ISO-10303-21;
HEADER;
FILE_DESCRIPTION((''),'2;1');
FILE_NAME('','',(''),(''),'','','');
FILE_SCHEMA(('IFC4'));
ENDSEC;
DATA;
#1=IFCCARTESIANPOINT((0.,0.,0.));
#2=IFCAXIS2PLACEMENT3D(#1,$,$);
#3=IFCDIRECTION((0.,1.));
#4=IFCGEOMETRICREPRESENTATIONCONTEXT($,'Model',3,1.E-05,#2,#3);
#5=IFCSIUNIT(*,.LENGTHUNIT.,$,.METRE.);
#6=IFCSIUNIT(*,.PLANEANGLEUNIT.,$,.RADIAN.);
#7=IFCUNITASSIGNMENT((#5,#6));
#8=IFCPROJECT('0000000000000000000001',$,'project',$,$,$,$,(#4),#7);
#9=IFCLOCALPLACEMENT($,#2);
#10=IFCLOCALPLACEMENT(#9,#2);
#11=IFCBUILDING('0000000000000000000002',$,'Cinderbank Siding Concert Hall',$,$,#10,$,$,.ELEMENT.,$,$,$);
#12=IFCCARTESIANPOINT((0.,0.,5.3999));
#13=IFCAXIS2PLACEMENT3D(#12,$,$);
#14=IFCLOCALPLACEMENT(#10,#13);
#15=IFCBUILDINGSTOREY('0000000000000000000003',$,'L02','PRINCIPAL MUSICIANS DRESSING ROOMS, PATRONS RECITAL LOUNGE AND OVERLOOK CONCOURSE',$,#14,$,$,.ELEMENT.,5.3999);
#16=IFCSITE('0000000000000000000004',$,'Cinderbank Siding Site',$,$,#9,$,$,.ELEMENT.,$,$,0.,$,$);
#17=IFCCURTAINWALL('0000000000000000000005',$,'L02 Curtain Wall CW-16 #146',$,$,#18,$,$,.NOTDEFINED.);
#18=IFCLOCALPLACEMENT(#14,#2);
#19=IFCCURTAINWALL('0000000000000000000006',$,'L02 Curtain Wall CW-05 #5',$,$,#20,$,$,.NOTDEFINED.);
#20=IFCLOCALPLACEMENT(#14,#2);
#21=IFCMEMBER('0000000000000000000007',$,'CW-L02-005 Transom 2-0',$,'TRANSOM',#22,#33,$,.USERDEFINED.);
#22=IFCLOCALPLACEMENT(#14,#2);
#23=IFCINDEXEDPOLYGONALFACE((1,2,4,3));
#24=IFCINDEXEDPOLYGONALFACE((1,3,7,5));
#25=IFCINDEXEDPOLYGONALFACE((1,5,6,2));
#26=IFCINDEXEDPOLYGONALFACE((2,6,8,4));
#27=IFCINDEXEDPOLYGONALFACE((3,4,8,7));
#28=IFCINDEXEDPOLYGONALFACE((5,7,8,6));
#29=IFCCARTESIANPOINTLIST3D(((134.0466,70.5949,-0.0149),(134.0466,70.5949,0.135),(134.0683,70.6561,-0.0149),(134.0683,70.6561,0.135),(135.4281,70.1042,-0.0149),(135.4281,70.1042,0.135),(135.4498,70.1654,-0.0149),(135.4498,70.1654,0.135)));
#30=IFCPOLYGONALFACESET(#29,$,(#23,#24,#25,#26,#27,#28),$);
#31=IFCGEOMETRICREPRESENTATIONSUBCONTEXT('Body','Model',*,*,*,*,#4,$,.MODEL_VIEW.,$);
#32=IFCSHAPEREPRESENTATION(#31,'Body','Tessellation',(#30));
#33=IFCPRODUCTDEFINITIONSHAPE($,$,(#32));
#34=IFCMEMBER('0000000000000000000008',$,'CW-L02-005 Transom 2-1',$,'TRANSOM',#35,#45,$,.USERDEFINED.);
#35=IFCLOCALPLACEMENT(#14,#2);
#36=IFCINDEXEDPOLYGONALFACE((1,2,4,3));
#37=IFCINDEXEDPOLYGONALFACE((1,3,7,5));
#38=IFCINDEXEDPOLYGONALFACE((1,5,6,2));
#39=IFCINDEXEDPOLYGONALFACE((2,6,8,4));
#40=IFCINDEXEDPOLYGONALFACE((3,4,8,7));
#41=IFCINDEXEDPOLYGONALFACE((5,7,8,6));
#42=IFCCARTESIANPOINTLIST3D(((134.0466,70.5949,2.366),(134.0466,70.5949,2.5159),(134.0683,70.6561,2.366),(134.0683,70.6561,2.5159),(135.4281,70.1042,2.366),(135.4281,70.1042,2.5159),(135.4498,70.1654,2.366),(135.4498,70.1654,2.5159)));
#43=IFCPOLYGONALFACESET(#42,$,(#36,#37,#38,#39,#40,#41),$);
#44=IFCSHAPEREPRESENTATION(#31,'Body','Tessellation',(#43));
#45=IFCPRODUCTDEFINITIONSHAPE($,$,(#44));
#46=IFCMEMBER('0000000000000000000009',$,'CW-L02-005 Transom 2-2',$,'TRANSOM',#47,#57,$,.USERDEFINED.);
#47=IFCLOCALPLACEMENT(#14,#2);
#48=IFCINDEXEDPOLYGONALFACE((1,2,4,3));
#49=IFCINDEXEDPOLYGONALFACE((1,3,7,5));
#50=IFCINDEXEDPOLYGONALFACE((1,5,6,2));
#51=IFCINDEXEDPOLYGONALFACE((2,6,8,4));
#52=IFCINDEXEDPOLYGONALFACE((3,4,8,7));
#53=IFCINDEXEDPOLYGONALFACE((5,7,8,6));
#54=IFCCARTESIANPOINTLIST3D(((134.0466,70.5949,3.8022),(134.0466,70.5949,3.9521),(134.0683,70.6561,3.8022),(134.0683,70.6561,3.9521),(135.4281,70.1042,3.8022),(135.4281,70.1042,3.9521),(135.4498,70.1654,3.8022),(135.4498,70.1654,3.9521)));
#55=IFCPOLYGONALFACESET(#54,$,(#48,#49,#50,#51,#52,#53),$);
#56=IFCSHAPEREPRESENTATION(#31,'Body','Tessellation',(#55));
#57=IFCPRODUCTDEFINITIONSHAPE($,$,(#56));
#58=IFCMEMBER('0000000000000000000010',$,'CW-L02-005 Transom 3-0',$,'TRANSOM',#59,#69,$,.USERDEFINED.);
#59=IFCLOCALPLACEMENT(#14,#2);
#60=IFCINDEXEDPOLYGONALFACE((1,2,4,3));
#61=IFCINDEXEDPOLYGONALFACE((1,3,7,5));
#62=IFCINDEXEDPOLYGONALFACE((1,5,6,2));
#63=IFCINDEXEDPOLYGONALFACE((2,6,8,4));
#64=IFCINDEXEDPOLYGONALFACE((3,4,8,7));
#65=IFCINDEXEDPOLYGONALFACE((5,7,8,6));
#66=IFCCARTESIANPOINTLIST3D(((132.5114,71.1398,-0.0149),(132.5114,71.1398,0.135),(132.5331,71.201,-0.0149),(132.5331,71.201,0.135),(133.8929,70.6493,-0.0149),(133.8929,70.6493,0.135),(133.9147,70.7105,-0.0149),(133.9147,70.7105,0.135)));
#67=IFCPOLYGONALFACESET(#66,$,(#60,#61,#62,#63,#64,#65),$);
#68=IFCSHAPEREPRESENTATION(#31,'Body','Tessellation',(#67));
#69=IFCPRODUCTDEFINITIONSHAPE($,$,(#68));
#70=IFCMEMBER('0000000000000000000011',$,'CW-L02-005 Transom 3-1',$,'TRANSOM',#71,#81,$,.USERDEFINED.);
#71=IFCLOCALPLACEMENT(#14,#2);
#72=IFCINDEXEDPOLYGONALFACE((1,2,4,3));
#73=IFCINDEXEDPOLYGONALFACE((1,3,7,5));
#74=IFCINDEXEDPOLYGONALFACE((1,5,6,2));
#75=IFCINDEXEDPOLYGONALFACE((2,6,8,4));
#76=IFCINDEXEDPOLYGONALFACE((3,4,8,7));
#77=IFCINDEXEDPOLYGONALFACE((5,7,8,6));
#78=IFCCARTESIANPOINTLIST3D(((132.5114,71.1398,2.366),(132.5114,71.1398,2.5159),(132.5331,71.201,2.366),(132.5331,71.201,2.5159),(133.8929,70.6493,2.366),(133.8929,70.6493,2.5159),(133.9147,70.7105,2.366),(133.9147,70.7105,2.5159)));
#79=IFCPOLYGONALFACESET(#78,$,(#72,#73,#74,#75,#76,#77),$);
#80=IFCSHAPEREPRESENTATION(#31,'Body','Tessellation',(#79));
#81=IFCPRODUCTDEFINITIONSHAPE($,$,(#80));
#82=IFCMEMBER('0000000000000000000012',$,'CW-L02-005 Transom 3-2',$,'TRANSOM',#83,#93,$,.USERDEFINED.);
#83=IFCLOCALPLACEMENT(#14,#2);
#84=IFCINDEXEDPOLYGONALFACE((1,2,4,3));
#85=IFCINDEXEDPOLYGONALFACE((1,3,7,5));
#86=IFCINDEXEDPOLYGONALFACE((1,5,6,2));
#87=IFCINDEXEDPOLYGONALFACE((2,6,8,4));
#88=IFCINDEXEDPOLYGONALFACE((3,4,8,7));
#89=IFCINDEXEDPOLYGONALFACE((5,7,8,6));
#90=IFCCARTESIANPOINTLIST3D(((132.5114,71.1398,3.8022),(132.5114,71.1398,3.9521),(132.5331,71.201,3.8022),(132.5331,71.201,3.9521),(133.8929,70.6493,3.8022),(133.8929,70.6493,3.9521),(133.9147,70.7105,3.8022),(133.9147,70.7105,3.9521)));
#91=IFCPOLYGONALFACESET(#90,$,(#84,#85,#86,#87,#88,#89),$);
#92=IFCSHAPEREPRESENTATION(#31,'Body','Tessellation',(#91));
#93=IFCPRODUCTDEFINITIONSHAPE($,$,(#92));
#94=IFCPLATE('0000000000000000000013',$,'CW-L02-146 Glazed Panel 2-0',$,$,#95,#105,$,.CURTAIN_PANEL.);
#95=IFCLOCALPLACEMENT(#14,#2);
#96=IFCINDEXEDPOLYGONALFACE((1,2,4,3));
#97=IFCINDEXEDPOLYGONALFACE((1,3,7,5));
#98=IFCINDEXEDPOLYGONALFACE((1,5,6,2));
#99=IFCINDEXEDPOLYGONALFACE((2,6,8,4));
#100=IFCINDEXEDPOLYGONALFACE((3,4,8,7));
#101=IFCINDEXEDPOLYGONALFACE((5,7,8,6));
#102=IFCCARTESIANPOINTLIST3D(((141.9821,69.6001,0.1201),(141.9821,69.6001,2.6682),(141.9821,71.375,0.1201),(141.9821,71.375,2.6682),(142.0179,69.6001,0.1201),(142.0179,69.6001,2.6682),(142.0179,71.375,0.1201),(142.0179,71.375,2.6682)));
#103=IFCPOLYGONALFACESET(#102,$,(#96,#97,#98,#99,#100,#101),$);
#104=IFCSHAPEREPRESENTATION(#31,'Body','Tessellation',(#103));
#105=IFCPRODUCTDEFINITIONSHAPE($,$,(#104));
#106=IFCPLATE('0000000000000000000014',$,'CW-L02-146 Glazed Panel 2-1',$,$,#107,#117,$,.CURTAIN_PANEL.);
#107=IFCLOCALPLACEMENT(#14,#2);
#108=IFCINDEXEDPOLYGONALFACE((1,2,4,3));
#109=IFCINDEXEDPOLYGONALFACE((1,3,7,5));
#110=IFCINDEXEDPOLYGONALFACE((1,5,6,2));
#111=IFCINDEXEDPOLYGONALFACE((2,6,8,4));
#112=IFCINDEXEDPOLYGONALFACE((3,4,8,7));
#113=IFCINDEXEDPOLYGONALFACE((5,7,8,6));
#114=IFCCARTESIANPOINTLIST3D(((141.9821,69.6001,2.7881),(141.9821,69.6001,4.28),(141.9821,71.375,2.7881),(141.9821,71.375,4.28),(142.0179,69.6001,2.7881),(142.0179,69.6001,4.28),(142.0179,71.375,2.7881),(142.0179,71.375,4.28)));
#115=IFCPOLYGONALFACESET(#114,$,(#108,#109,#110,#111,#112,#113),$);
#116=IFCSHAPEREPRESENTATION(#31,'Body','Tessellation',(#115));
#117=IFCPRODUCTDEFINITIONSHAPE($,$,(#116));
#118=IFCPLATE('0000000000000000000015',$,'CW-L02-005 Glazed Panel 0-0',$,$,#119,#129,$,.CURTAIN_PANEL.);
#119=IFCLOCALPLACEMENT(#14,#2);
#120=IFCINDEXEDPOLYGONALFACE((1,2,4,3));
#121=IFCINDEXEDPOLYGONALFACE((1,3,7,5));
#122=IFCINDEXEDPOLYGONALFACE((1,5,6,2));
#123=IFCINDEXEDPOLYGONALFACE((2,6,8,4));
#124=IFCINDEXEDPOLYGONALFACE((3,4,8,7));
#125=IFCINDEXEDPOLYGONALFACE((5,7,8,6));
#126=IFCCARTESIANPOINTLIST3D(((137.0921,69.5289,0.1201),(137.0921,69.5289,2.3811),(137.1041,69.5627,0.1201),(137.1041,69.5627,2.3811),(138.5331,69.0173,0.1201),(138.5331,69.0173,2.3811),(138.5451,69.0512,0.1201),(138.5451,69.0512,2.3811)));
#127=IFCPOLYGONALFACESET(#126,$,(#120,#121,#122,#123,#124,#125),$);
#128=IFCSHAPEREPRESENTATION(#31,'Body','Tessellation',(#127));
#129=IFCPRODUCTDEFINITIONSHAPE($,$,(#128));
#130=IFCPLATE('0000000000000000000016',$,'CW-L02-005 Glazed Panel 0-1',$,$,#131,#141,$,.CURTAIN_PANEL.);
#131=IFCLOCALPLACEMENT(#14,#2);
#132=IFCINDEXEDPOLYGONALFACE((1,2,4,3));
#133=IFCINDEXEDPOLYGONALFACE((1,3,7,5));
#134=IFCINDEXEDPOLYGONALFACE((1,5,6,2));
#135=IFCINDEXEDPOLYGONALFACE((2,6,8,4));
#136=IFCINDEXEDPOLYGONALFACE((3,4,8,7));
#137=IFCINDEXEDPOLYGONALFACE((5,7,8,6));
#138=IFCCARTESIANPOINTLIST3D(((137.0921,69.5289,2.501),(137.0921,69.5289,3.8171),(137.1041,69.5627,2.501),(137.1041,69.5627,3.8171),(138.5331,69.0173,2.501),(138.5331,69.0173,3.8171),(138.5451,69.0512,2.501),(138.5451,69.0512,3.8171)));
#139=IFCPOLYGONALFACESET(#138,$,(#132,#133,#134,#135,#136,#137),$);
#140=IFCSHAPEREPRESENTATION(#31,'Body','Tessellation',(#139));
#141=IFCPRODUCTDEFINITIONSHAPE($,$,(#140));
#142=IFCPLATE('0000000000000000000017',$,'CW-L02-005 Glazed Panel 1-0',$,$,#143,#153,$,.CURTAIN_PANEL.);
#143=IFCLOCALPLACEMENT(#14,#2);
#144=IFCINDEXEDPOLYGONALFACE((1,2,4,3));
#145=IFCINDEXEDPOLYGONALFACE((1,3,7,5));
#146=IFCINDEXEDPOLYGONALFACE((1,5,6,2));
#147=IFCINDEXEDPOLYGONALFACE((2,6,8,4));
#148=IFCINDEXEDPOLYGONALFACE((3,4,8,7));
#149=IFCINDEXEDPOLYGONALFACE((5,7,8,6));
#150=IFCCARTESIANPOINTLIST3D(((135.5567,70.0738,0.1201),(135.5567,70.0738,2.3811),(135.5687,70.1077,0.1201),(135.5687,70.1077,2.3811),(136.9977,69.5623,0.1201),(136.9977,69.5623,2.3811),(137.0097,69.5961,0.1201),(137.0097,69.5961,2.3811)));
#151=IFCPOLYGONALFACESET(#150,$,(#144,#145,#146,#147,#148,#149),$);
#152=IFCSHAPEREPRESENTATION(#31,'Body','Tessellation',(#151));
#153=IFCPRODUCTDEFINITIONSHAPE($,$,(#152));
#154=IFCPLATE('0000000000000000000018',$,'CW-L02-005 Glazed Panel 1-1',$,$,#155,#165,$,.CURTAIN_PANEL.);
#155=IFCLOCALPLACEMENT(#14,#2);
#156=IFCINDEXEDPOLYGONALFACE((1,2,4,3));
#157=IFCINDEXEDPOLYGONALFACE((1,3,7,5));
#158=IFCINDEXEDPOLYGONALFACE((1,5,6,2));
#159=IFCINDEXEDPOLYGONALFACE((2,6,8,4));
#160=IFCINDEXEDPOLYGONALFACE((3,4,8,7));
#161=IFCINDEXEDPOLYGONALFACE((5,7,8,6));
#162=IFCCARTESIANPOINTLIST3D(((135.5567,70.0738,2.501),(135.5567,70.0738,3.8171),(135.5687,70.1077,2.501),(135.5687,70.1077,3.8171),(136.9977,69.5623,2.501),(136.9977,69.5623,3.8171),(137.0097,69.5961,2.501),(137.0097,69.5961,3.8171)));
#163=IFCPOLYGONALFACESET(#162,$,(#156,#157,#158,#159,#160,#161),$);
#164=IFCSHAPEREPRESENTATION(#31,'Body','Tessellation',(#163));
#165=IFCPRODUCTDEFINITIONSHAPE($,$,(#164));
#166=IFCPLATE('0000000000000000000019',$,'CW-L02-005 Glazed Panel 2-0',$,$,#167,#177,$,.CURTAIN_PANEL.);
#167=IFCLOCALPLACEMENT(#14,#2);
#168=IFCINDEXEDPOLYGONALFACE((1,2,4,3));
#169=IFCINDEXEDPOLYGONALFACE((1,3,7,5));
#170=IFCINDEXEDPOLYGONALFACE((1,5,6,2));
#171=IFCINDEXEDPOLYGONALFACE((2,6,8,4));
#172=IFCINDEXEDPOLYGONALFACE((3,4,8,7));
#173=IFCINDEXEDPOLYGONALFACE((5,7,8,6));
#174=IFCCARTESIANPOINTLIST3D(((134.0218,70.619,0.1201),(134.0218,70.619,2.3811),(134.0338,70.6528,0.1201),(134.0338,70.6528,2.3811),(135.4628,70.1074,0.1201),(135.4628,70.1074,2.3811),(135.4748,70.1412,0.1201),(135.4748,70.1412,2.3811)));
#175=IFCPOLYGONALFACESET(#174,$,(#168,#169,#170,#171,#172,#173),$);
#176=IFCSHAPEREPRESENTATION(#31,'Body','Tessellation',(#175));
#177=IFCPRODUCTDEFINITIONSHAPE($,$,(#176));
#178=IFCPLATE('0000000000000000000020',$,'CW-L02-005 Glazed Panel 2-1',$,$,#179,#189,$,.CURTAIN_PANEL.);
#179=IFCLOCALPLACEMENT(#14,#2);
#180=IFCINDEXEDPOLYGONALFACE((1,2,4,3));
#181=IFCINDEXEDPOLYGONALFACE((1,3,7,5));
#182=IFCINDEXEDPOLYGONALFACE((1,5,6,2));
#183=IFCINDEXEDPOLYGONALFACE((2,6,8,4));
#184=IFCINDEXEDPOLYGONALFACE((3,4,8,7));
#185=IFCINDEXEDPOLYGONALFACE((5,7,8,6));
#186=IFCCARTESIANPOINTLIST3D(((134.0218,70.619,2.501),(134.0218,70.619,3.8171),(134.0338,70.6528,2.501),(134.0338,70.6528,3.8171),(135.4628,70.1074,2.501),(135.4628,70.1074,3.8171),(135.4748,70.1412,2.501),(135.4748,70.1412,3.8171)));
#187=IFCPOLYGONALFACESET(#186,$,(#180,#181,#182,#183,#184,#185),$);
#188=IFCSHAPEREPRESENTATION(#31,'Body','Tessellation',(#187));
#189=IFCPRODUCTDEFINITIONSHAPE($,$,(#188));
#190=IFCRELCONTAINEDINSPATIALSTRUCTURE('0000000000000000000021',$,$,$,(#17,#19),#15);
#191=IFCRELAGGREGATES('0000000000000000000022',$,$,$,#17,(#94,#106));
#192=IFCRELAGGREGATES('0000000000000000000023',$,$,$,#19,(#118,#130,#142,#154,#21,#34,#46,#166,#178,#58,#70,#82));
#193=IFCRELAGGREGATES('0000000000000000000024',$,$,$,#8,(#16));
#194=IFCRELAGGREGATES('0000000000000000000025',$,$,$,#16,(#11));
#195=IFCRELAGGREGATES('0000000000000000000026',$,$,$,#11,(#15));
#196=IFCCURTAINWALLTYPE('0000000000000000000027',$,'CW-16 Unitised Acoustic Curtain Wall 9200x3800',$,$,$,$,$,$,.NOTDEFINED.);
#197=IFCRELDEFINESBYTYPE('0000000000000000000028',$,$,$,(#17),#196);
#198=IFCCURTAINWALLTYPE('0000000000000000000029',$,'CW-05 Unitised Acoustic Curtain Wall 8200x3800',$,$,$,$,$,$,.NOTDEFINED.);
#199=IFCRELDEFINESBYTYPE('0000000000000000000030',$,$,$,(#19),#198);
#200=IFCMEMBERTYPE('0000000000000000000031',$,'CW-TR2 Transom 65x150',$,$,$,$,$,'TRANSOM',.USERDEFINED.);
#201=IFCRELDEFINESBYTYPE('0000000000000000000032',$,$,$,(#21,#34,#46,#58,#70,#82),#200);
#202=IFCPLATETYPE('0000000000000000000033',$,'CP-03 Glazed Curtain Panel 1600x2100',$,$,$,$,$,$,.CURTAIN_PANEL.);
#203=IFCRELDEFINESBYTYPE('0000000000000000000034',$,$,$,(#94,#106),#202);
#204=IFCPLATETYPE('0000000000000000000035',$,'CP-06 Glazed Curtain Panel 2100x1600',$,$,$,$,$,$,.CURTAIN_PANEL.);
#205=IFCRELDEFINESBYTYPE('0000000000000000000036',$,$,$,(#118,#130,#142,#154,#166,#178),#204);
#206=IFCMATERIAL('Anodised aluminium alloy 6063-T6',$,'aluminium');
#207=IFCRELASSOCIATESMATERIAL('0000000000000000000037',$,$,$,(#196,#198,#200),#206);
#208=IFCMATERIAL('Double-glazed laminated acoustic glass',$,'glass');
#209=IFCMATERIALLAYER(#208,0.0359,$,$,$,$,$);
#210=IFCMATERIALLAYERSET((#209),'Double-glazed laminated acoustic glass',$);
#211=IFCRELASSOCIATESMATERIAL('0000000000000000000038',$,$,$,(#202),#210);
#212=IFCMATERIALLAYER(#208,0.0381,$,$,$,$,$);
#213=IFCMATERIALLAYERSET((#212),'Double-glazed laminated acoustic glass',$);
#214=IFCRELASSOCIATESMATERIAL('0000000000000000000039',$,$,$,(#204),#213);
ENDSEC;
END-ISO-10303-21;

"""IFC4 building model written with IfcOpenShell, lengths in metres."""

from ifc_helpers import new_model, si_unit, direction, frame, origin, origin_2d, place, context, subcontext, project, spatial, rectangle, extrude, material, layer, layer_set, material_profile, profile_set, type_object, element, aggregate, save


model = new_model("IFC4")

# Units and contexts
model_context = context("Model", 3, precision=1e-05, world=origin(), true_north=direction((0.0, 1.0)))
body_context = subcontext(model_context, "Body", "Model", "MODEL_VIEW")
ifc_project = project(units=[si_unit("LENGTHUNIT", "METRE"), si_unit("PLANEANGLEUNIT", "RADIAN")], contexts=[model_context])

# Site, building, storey
site_placement = place(None, origin())
site = spatial("IfcSite", under=ifc_project, at=site_placement, Name="Cinderbank Siding Site", CompositionType="ELEMENT", RefElevation=0.0)
building_placement = place(site_placement, origin())
building = spatial("IfcBuilding", under=site, at=building_placement, Name="Cinderbank Siding Concert Hall", CompositionType="ELEMENT")
storey_placement = place(building_placement, frame((0.0, 0.0, 5.3999)))
storey = spatial("IfcBuildingStorey", under=building, at=storey_placement, Name="L02", Description="PRINCIPAL MUSICIANS DRESSING ROOMS, PATRONS RECITAL LOUNGE AND OVERLOOK CONCOURSE", CompositionType="ELEMENT", Elevation=5.3999)

# Curtain wall
ifc_material_1 = material(Name="Anodised aluminium alloy 6063-T6", Category="aluminium")
curtain_wall_type_1 = type_object("IfcCurtainWallType", Name="CW-16 Unitised Acoustic Curtain Wall 9200x3800", PredefinedType="NOTDEFINED", material=ifc_material_1)
curtain_wall_1_placement = place(storey_placement, origin())
curtain_wall_1 = element("IfcCurtainWall", 1, at=curtain_wall_1_placement, inside=storey, type_object=curtain_wall_type_1, Name="L02 Curtain Wall CW-16 #146", PredefinedType="NOTDEFINED")

# Curtain wall
curtain_wall_type_2 = type_object("IfcCurtainWallType", Name="CW-05 Unitised Acoustic Curtain Wall 8200x3800", PredefinedType="NOTDEFINED", material=ifc_material_1)
curtain_wall_2_placement = place(storey_placement, origin())
curtain_wall_2 = element("IfcCurtainWall", 2, at=curtain_wall_2_placement, inside=storey, type_object=curtain_wall_type_2, Name="L02 Curtain Wall CW-05 #5", PredefinedType="NOTDEFINED")

# Members
ifc_material_profile_1 = material_profile(ifc_material_1, rectangle(XDim=0.0649, YDim=0.1499, at=origin_2d()), Name="ALU-TRAN-65x150", Category="LoadBearing")
ifc_profile_set_1 = profile_set([ifc_material_profile_1], Name="Anodised aluminium alloy 6063-T6")
member_type_1 = type_object("IfcMemberType", Name="CW-TR2 Transom 65x150", ElementType="TRANSOM", PredefinedType="USERDEFINED", material=ifc_profile_set_1)
member_1_placement = place(storey_placement, frame((135.439, 70.1348, 0.0601), z_axis=(-0.942324, 0.334701, 0.0), x_axis=(-0.334701, -0.942324, 0.0)))
member_1 = element("IfcMember", 3, at=member_1_placement, type_object=member_type_1, Name="CW-L02-005 Transom 2-0", ObjectType="TRANSOM", PredefinedType="USERDEFINED", context=body_context, shape_type="SweptSolid", body=[
    extrude(rectangle(XDim=0.0649, YDim=0.1499, at=origin_2d()), origin(), (0.0, 0.0, 1.0), 1.4661),
])
member_2_placement = place(storey_placement, frame((135.439, 70.1348, 2.4409), z_axis=(-0.942324, 0.334701, 0.0), x_axis=(-0.334701, -0.942324, 0.0)))
member_2 = element("IfcMember", 4, at=member_2_placement, type_object=member_type_1, Name="CW-L02-005 Transom 2-1", ObjectType="TRANSOM", PredefinedType="USERDEFINED", context=body_context, shape_type="SweptSolid", body=[
    extrude(rectangle(XDim=0.0649, YDim=0.1499, at=origin_2d()), origin(), (0.0, 0.0, 1.0), 1.4661),
])
member_3_placement = place(storey_placement, frame((135.439, 70.1348, 3.8772), z_axis=(-0.942324, 0.334701, 0.0), x_axis=(-0.334701, -0.942324, 0.0)))
member_3 = element("IfcMember", 5, at=member_3_placement, type_object=member_type_1, Name="CW-L02-005 Transom 2-2", ObjectType="TRANSOM", PredefinedType="USERDEFINED", context=body_context, shape_type="SweptSolid", body=[
    extrude(rectangle(XDim=0.0649, YDim=0.1499, at=origin_2d()), origin(), (0.0, 0.0, 1.0), 1.4661),
])
member_4_placement = place(storey_placement, frame((133.9038, 70.6799, 0.0601), z_axis=(-0.942377, 0.334553, 0.0), x_axis=(-0.334553, -0.942377, 0.0)))
member_4 = element("IfcMember", 6, at=member_4_placement, type_object=member_type_1, Name="CW-L02-005 Transom 3-0", ObjectType="TRANSOM", PredefinedType="USERDEFINED", context=body_context, shape_type="SweptSolid", body=[
    extrude(rectangle(XDim=0.0649, YDim=0.1499, at=origin_2d()), origin(), (0.0, 0.0, 1.0), 1.4661),
])
member_5_placement = place(storey_placement, frame((133.9038, 70.6799, 2.4409), z_axis=(-0.942377, 0.334553, 0.0), x_axis=(-0.334553, -0.942377, 0.0)))
member_5 = element("IfcMember", 7, at=member_5_placement, type_object=member_type_1, Name="CW-L02-005 Transom 3-1", ObjectType="TRANSOM", PredefinedType="USERDEFINED", context=body_context, shape_type="SweptSolid", body=[
    extrude(rectangle(XDim=0.0649, YDim=0.1499, at=origin_2d()), origin(), (0.0, 0.0, 1.0), 1.4661),
])
member_6_placement = place(storey_placement, frame((133.9038, 70.6799, 3.8772), z_axis=(-0.942377, 0.334553, 0.0), x_axis=(-0.334553, -0.942377, 0.0)))
member_6 = element("IfcMember", 8, at=member_6_placement, type_object=member_type_1, Name="CW-L02-005 Transom 3-2", ObjectType="TRANSOM", PredefinedType="USERDEFINED", context=body_context, shape_type="SweptSolid", body=[
    extrude(rectangle(XDim=0.0649, YDim=0.1499, at=origin_2d()), origin(), (0.0, 0.0, 1.0), 1.4661),
])

# Plates
ifc_material_2 = material(Name="Double-glazed laminated acoustic glass", Category="glass")
ifc_layer_1 = layer(ifc_material_2, 0.0359)
ifc_layer_set_1 = layer_set([ifc_layer_1], Name="Double-glazed laminated acoustic glass")
plate_type_1 = type_object("IfcPlateType", Name="CP-03 Glazed Curtain Panel 1600x2100", PredefinedType="CURTAIN_PANEL", material=ifc_layer_set_1)
plate_1_placement = place(storey_placement, frame((142.0, 70.4875, 0.1201), z_axis=(0.0, 0.0, 1.0), x_axis=(0.0, 1.0, 0.0)))
plate_1 = element("IfcPlate", 9, at=plate_1_placement, type_object=plate_type_1, Name="CW-L02-146 Glazed Panel 2-0", PredefinedType="CURTAIN_PANEL", context=body_context, shape_type="SweptSolid", body=[
    extrude(rectangle(XDim=1.7749, YDim=0.0359, at=origin_2d()), origin(), (0.0, 0.0, 1.0), 2.5481),
])
plate_2_placement = place(storey_placement, frame((142.0, 70.4875, 2.7881), z_axis=(0.0, 0.0, 1.0), x_axis=(0.0, 1.0, 0.0)))
plate_2 = element("IfcPlate", 10, at=plate_2_placement, type_object=plate_type_1, Name="CW-L02-146 Glazed Panel 2-1", PredefinedType="CURTAIN_PANEL", context=body_context, shape_type="SweptSolid", body=[
    extrude(rectangle(XDim=1.7749, YDim=0.0359, at=origin_2d()), origin(), (0.0, 0.0, 1.0), 1.4919),
])
aggregate(curtain_wall_1, [plate_1, plate_2])
ifc_layer_2 = layer(ifc_material_2, 0.0381)
ifc_layer_set_2 = layer_set([ifc_layer_2], Name="Double-glazed laminated acoustic glass")
plate_type_2 = type_object("IfcPlateType", Name="CP-06 Glazed Curtain Panel 2100x1600", PredefinedType="CURTAIN_PANEL", material=ifc_layer_set_2)
plate_3_placement = place(storey_placement, frame((137.8186, 69.29, 0.1201), z_axis=(0.0, 0.0, 1.0), x_axis=(-0.942366, 0.334585, 0.0)))
plate_3 = element("IfcPlate", 11, at=plate_3_placement, type_object=plate_type_2, Name="CW-L02-005 Glazed Panel 0-0", PredefinedType="CURTAIN_PANEL", context=body_context, shape_type="SweptSolid", body=[
    extrude(rectangle(XDim=1.5291, YDim=0.0359, at=origin_2d()), origin(), (0.0, 0.0, 1.0), 2.261),
])
plate_4_placement = place(storey_placement, frame((137.8186, 69.29, 2.501), z_axis=(0.0, 0.0, 1.0), x_axis=(-0.942366, 0.334585, 0.0)))
plate_4 = element("IfcPlate", 12, at=plate_4_placement, type_object=plate_type_2, Name="CW-L02-005 Glazed Panel 0-1", PredefinedType="CURTAIN_PANEL", context=body_context, shape_type="SweptSolid", body=[
    extrude(rectangle(XDim=1.5291, YDim=0.0359, at=origin_2d()), origin(), (0.0, 0.0, 1.0), 1.3162),
])
plate_5_placement = place(storey_placement, frame((136.2832, 69.835, 0.1201), z_axis=(0.0, 0.0, 1.0), x_axis=(-0.942366, 0.334585, 0.0)))
plate_5 = element("IfcPlate", 13, at=plate_5_placement, type_object=plate_type_2, Name="CW-L02-005 Glazed Panel 1-0", PredefinedType="CURTAIN_PANEL", context=body_context, shape_type="SweptSolid", body=[
    extrude(rectangle(XDim=1.5291, YDim=0.0359, at=origin_2d()), origin(), (0.0, 0.0, 1.0), 2.261),
])
plate_6_placement = place(storey_placement, frame((136.2832, 69.835, 2.501), z_axis=(0.0, 0.0, 1.0), x_axis=(-0.942366, 0.334585, 0.0)))
plate_6 = element("IfcPlate", 14, at=plate_6_placement, type_object=plate_type_2, Name="CW-L02-005 Glazed Panel 1-1", PredefinedType="CURTAIN_PANEL", context=body_context, shape_type="SweptSolid", body=[
    extrude(rectangle(XDim=1.5291, YDim=0.0359, at=origin_2d()), origin(), (0.0, 0.0, 1.0), 1.3162),
])
plate_7_placement = place(storey_placement, frame((134.7483, 70.3801, 0.1201), z_axis=(0.0, 0.0, 1.0), x_axis=(-0.942366, 0.334585, 0.0)))
plate_7 = element("IfcPlate", 15, at=plate_7_placement, type_object=plate_type_2, Name="CW-L02-005 Glazed Panel 2-0", PredefinedType="CURTAIN_PANEL", context=body_context, shape_type="SweptSolid", body=[
    extrude(rectangle(XDim=1.5291, YDim=0.0359, at=origin_2d()), origin(), (0.0, 0.0, 1.0), 2.261),
])
plate_8_placement = place(storey_placement, frame((134.7483, 70.3801, 2.501), z_axis=(0.0, 0.0, 1.0), x_axis=(-0.942366, 0.334585, 0.0)))
plate_8 = element("IfcPlate", 16, at=plate_8_placement, type_object=plate_type_2, Name="CW-L02-005 Glazed Panel 2-1", PredefinedType="CURTAIN_PANEL", context=body_context, shape_type="SweptSolid", body=[
    extrude(rectangle(XDim=1.5291, YDim=0.0359, at=origin_2d()), origin(), (0.0, 0.0, 1.0), 1.3162),
])
aggregate(curtain_wall_2, [plate_3, plate_4, plate_5, plate_6, member_1, member_2, member_3, plate_7, plate_8, member_4, member_5, member_6])

save(model, "model.ifc")
